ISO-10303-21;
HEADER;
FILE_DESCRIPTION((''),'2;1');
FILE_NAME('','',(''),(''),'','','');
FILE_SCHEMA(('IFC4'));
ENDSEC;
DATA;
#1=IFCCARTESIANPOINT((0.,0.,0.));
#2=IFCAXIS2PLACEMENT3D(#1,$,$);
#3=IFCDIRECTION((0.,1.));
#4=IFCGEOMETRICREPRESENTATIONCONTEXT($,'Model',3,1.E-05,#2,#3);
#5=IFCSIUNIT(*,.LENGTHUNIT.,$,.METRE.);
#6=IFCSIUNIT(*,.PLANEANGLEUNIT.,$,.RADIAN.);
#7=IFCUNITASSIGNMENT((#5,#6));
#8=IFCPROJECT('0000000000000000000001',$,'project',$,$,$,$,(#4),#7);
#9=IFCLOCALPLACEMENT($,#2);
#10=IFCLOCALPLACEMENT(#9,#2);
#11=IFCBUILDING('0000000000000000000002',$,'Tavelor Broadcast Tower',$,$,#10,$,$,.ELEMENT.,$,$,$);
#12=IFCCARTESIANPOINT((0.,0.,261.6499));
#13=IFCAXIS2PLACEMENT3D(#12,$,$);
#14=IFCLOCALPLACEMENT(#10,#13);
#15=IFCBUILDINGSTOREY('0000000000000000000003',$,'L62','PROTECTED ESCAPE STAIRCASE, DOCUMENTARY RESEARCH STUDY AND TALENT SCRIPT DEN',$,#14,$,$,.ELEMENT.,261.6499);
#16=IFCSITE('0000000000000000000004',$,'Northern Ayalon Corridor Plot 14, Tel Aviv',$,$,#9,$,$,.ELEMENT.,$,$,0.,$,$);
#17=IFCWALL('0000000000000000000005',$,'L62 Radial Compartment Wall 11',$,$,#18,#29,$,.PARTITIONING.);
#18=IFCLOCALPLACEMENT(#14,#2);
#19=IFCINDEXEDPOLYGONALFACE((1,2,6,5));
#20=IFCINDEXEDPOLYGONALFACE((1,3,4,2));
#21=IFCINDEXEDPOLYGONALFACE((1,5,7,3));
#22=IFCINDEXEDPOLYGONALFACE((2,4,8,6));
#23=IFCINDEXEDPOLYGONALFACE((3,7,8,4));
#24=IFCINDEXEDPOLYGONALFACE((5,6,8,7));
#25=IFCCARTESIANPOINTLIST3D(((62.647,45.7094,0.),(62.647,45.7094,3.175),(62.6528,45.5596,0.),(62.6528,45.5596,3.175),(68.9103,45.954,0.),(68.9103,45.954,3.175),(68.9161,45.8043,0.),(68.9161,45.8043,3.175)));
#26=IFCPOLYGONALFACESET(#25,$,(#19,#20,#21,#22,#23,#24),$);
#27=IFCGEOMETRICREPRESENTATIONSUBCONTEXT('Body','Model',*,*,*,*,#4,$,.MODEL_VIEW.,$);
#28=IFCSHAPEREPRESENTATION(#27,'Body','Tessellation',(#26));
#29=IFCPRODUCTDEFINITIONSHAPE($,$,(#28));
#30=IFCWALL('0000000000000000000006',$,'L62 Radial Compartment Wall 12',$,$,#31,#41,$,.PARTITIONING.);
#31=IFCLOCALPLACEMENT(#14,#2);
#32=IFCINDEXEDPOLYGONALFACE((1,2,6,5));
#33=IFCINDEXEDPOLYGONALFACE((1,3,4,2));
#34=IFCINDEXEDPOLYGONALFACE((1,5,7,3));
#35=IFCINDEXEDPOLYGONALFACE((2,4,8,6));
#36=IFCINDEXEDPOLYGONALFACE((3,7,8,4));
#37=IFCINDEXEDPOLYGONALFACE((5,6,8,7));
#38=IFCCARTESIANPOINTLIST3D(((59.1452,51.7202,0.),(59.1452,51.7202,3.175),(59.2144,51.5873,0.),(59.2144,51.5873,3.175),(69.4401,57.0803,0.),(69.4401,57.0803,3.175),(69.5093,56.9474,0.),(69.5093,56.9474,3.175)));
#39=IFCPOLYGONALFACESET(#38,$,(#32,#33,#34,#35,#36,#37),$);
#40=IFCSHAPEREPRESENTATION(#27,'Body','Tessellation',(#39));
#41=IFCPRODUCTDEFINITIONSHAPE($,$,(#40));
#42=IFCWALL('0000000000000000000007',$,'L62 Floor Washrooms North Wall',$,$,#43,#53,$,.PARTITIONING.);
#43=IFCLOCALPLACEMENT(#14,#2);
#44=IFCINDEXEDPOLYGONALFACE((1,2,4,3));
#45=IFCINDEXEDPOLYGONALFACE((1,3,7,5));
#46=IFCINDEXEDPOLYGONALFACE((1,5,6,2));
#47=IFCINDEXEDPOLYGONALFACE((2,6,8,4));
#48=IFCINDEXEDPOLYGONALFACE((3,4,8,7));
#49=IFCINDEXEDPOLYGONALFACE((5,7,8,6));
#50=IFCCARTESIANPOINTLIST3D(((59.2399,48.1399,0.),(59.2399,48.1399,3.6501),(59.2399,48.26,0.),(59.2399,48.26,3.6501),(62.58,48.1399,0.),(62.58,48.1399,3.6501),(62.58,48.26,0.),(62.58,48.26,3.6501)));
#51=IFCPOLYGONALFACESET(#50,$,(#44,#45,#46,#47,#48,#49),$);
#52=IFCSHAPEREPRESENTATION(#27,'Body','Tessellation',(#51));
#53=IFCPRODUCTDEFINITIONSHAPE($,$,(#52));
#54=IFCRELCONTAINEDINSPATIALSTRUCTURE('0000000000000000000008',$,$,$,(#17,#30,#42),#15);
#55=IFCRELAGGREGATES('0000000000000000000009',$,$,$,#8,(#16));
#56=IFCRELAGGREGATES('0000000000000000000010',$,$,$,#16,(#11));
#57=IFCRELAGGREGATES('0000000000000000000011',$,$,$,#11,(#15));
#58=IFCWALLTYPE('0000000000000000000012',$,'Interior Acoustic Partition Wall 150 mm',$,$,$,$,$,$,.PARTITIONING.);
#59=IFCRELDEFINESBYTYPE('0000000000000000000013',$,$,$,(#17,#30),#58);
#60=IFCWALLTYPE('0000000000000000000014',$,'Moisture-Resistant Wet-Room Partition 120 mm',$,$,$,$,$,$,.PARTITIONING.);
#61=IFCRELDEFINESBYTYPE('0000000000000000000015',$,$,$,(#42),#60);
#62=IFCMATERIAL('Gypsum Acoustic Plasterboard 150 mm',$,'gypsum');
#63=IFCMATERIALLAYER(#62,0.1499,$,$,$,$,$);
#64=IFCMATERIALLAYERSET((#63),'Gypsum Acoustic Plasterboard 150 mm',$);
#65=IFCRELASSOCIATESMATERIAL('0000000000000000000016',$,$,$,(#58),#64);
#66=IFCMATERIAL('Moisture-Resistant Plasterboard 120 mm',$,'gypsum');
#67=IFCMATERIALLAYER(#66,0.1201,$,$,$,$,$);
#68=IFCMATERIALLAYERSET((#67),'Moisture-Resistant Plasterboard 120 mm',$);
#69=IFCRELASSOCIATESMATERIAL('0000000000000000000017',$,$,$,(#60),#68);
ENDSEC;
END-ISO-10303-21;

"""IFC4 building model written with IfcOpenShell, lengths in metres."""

from ifc_helpers import new_model, si_unit, direction, frame, frame_2d, origin, place, context, subcontext, project, spatial, rectangle, extrude, material, layer, layer_set, type_object, element, save


model = new_model("IFC4")

# Units and contexts
model_context = context("Model", 3, precision=1e-05, world=origin(), true_north=direction((0.0, 1.0)))
body_context = subcontext(model_context, "Body", "Model", "MODEL_VIEW")
ifc_project = project(units=[si_unit("LENGTHUNIT", "METRE"), si_unit("PLANEANGLEUNIT", "RADIAN")], contexts=[model_context])

# Site, building, storey
site_placement = place(None, origin())
site = spatial("IfcSite", under=ifc_project, at=site_placement, Name="Northern Ayalon Corridor Plot 14, Tel Aviv", CompositionType="ELEMENT", RefElevation=0.0)
building_placement = place(site_placement, origin())
building = spatial("IfcBuilding", under=site, at=building_placement, Name="Tavelor Broadcast Tower", CompositionType="ELEMENT")
storey_placement = place(building_placement, frame((0.0, 0.0, 261.6499)))
storey = spatial("IfcBuildingStorey", under=building, at=storey_placement, Name="L62", Description="PROTECTED ESCAPE STAIRCASE, DOCUMENTARY RESEARCH STUDY AND TALENT SCRIPT DEN", CompositionType="ELEMENT", Elevation=261.6499)

# Walls
ifc_material_1 = material(Name="Gypsum Acoustic Plasterboard 150 mm", Category="gypsum")
ifc_layer_1 = layer(ifc_material_1, 0.1499)
ifc_layer_set_1 = layer_set([ifc_layer_1], Name="Gypsum Acoustic Plasterboard 150 mm")
wall_type_1 = type_object("IfcWallType", Name="Interior Acoustic Partition Wall 150 mm", PredefinedType="PARTITIONING", material=ifc_layer_set_1)
wall_1_placement = place(storey_placement, frame((62.6499, 45.6345, 0.0), z_axis=(0.0, 0.0, 1.0), x_axis=(0.999238, 0.039028, 0.0)))
element("IfcWall", 1, at=wall_1_placement, inside=storey, type_object=wall_type_1, Name="L62 Radial Compartment Wall 11", PredefinedType="PARTITIONING", context=body_context, shape_type="SweptSolid", body=[
    extrude(rectangle(XDim=6.2681, YDim=0.1499, at=frame_2d((3.134, 0.0))), origin(), (0.0, 0.0, 1.0), 3.175),
])
wall_2_placement = place(storey_placement, frame((59.1799, 51.6538, 0.0), z_axis=(0.0, 0.0, 1.0), x_axis=(0.886979, 0.46181, 0.0)))
element("IfcWall", 2, at=wall_2_placement, inside=storey, type_object=wall_type_1, Name="L62 Radial Compartment Wall 12", PredefinedType="PARTITIONING", context=body_context, shape_type="SweptSolid", body=[
    extrude(rectangle(XDim=11.6067, YDim=0.1499, at=frame_2d((5.8032, 0.0))), origin(), (0.0, 0.0, 1.0), 3.175),
])
ifc_material_2 = material(Name="Moisture-Resistant Plasterboard 120 mm", Category="gypsum")
ifc_layer_2 = layer(ifc_material_2, 0.1201)
ifc_layer_set_2 = layer_set([ifc_layer_2], Name="Moisture-Resistant Plasterboard 120 mm")
wall_type_2 = type_object("IfcWallType", Name="Moisture-Resistant Wet-Room Partition 120 mm", PredefinedType="PARTITIONING", material=ifc_layer_set_2)
wall_3_placement = place(storey_placement, frame((59.24, 48.2, 0.0), z_axis=(0.0, 0.0, 1.0), x_axis=(1.0, 0.0, 0.0)))
element("IfcWall", 3, at=wall_3_placement, inside=storey, type_object=wall_type_2, Name="L62 Floor Washrooms North Wall", PredefinedType="PARTITIONING", context=body_context, shape_type="SweptSolid", body=[
    extrude(rectangle(XDim=3.3401, YDim=0.1201, at=frame_2d((1.6699, 0.0))), origin(), (0.0, 0.0, 1.0), 3.6501),
])

save(model, "model.ifc")
